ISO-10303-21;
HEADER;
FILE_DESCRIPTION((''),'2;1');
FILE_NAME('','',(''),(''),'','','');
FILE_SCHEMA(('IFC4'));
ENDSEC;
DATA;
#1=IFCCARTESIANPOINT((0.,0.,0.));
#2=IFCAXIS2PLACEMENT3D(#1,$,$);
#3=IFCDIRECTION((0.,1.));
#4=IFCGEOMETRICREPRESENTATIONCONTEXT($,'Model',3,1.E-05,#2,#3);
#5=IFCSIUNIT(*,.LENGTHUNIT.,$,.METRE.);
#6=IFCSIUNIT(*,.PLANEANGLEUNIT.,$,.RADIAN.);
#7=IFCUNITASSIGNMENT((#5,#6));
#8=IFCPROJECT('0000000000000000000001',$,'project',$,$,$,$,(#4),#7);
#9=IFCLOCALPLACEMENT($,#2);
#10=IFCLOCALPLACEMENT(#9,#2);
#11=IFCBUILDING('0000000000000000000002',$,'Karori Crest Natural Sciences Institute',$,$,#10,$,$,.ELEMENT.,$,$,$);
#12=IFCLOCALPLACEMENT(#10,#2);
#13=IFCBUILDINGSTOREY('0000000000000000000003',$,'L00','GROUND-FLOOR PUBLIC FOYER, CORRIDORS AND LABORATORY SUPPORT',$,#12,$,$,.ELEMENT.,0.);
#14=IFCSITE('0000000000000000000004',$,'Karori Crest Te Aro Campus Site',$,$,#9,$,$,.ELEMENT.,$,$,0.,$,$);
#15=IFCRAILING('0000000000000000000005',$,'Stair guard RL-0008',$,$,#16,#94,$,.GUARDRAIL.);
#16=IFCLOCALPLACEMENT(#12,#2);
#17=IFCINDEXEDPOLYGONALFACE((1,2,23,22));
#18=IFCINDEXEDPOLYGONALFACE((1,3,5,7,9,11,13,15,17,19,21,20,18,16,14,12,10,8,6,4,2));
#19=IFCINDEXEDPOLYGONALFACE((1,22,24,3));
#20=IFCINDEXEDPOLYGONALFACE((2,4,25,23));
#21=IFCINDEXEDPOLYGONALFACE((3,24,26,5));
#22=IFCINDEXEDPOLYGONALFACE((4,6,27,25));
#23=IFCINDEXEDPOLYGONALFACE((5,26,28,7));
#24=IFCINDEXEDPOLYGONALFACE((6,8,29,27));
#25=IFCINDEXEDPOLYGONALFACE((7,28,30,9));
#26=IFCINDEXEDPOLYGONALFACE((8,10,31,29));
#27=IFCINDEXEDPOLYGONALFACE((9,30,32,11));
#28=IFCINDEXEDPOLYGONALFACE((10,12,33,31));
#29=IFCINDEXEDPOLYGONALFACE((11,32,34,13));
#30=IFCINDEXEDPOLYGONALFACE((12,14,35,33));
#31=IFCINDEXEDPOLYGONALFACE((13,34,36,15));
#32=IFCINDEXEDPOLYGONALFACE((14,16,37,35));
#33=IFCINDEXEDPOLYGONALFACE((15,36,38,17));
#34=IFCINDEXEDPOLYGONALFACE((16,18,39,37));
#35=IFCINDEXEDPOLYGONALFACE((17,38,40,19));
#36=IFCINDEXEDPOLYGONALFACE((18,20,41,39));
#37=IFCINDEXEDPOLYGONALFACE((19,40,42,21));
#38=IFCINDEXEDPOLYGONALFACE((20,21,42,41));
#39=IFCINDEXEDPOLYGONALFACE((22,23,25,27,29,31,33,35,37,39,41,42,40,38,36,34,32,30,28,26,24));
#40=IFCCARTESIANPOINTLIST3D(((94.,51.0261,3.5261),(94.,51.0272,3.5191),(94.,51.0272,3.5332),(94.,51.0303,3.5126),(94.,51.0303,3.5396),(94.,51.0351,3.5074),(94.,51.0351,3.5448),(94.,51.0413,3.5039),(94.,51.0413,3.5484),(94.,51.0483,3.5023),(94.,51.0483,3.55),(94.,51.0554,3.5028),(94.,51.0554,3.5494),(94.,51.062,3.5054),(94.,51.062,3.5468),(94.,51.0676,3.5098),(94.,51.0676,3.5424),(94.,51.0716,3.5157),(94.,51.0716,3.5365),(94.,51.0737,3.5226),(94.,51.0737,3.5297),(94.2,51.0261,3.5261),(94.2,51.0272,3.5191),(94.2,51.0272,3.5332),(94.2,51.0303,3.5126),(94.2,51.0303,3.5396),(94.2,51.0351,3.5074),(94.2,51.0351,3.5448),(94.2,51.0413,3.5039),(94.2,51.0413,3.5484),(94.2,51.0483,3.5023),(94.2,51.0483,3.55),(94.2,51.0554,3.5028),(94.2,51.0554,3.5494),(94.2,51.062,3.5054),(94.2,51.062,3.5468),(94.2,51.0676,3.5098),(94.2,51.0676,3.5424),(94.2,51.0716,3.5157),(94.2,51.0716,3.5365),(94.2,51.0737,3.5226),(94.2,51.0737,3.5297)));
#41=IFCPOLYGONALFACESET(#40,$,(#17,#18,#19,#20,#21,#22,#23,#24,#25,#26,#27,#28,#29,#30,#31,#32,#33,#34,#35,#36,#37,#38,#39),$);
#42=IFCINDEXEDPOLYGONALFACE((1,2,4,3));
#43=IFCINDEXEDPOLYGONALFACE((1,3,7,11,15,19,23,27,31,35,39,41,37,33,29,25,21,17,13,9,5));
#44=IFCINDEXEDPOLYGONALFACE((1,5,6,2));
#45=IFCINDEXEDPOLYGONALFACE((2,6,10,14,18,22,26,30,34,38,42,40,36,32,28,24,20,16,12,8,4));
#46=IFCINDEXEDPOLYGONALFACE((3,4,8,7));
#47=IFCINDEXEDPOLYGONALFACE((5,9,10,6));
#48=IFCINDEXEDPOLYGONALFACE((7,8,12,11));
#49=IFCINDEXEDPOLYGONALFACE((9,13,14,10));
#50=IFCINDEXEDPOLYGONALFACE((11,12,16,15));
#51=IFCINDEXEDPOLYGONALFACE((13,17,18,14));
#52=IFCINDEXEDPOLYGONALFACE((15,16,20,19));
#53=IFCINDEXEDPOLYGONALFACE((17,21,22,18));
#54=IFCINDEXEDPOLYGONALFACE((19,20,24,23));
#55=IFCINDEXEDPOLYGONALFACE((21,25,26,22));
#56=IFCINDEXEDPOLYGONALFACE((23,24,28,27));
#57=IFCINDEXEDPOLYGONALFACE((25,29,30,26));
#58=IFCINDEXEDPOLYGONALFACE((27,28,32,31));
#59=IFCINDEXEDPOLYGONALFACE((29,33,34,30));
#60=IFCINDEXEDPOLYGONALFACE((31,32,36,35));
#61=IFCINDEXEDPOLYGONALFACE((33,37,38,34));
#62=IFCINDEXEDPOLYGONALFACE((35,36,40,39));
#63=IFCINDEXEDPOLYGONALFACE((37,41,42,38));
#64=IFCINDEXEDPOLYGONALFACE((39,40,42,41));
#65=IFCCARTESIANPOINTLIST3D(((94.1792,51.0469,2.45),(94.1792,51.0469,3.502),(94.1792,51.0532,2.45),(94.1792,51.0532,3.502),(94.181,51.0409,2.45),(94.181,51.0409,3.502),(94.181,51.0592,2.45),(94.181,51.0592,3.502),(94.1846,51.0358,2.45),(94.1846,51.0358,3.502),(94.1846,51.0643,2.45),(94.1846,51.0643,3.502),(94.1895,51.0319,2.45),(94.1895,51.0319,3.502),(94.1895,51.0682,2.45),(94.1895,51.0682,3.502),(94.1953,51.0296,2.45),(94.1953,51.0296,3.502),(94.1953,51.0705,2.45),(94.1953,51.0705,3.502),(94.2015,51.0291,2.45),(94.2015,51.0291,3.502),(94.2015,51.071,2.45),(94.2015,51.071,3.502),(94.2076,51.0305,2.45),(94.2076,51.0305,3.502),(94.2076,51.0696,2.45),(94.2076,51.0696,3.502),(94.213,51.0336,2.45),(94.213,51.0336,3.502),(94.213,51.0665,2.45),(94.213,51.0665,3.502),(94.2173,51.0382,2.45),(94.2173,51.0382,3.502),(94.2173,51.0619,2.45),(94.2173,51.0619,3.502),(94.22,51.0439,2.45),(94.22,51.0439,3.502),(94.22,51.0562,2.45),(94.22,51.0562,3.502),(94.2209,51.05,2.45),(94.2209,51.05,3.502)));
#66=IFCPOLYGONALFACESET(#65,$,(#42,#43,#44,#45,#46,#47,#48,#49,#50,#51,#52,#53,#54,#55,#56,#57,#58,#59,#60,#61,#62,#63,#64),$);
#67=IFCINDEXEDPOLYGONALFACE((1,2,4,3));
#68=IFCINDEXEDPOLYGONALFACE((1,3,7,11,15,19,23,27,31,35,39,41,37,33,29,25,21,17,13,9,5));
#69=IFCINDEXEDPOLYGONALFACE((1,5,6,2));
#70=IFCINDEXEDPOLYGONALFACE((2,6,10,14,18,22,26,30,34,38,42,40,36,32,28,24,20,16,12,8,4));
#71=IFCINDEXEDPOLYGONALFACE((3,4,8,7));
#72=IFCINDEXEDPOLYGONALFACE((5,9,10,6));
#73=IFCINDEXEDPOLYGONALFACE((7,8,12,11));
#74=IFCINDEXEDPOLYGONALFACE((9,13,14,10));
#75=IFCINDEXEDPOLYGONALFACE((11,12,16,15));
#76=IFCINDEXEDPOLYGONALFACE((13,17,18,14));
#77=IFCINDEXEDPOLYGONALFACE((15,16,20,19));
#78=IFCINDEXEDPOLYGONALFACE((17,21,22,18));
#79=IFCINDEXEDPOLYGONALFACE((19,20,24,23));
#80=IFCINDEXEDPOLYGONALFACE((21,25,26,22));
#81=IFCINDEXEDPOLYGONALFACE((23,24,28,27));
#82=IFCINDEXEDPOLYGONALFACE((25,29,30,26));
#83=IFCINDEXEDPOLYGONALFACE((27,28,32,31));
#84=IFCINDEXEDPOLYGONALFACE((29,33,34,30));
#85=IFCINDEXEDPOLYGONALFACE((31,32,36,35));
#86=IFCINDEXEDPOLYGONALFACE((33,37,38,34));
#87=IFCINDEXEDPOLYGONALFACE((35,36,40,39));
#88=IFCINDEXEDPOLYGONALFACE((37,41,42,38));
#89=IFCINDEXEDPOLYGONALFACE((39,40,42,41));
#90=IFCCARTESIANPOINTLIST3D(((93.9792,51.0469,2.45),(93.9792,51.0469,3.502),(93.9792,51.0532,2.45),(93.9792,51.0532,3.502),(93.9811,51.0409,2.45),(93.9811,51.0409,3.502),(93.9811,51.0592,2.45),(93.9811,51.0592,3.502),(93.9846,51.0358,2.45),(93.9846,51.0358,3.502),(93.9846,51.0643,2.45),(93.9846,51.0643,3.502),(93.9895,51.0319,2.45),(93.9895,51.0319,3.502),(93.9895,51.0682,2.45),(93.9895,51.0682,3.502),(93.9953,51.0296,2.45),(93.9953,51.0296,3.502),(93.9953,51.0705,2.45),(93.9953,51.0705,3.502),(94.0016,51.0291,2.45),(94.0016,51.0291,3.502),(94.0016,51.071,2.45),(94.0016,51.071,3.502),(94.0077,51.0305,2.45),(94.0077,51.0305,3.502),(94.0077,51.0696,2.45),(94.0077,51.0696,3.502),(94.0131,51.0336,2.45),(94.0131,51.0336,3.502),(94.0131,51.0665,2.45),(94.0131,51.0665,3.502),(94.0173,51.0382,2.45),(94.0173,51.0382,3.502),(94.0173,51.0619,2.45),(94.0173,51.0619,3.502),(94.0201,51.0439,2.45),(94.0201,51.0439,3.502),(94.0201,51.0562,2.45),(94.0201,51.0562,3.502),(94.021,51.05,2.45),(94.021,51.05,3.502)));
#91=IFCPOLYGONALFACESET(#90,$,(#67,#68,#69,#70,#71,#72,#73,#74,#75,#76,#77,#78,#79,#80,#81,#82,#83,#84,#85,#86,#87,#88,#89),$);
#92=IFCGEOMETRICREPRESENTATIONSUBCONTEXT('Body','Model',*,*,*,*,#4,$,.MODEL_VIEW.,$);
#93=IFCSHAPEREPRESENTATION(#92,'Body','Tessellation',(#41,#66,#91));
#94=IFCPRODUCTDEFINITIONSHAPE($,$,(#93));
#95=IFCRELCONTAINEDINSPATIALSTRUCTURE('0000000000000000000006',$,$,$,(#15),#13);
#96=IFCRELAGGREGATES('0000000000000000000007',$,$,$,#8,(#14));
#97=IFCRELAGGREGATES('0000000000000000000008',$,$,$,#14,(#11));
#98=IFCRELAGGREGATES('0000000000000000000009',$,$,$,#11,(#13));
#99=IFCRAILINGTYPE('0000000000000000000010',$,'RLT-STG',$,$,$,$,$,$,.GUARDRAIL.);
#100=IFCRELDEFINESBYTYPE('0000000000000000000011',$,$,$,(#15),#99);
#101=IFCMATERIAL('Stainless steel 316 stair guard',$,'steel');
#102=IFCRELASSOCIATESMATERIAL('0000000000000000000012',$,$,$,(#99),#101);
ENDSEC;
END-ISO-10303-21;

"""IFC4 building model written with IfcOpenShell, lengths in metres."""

from ifc_helpers import new_model, si_unit, direction, frame, origin, origin_2d, place, context, subcontext, project, spatial, circle, extrude, material, type_object, element, save


model = new_model("IFC4")

# Units and contexts
model_context = context("Model", 3, precision=1e-05, world=origin(), true_north=direction((0.0, 1.0)))
body_context = subcontext(model_context, "Body", "Model", "MODEL_VIEW")
ifc_project = project(units=[si_unit("LENGTHUNIT", "METRE"), si_unit("PLANEANGLEUNIT", "RADIAN")], contexts=[model_context])

# Site, building, storey
site_placement = place(None, origin())
site = spatial("IfcSite", under=ifc_project, at=site_placement, Name="Karori Crest Te Aro Campus Site", CompositionType="ELEMENT", RefElevation=0.0)
building_placement = place(site_placement, origin())
building = spatial("IfcBuilding", under=site, at=building_placement, Name="Karori Crest Natural Sciences Institute", CompositionType="ELEMENT")
storey_placement = place(building_placement, origin())
storey = spatial("IfcBuildingStorey", under=building, at=storey_placement, Name="L00", Description="GROUND-FLOOR PUBLIC FOYER, CORRIDORS AND LABORATORY SUPPORT", CompositionType="ELEMENT", Elevation=0.0)

# Railing
ifc_material_1 = material(Name="Stainless steel 316 stair guard", Category="steel")
railing_type_1 = type_object("IfcRailingType", Name="RLT-STG", PredefinedType="GUARDRAIL", material=ifc_material_1)
railing_1_placement = place(storey_placement, frame((94.2, 51.05, 2.45)))
element("IfcRailing", 1, at=railing_1_placement, inside=storey, type_object=railing_type_1, Name="Stair guard RL-0008", PredefinedType="GUARDRAIL", context=body_context, shape_type="SweptSolid", body=[
    extrude(circle(Radius=0.0239, at=origin_2d()), frame((0.0, 0.0, 1.0762), z_axis=(-1.0, 0.0, 0.0), x_axis=(0.0, -1.0, 0.0)), (0.0, 0.0, 1.0), 0.2),
    extrude(circle(Radius=0.021, at=origin_2d()), origin(), (0.0, 0.0, 1.0), 1.052),
    extrude(circle(Radius=0.021, at=origin_2d()), frame((-0.2, 0.0, 0.0)), (0.0, 0.0, 1.0), 1.052),
])

save(model, "model.ifc")
